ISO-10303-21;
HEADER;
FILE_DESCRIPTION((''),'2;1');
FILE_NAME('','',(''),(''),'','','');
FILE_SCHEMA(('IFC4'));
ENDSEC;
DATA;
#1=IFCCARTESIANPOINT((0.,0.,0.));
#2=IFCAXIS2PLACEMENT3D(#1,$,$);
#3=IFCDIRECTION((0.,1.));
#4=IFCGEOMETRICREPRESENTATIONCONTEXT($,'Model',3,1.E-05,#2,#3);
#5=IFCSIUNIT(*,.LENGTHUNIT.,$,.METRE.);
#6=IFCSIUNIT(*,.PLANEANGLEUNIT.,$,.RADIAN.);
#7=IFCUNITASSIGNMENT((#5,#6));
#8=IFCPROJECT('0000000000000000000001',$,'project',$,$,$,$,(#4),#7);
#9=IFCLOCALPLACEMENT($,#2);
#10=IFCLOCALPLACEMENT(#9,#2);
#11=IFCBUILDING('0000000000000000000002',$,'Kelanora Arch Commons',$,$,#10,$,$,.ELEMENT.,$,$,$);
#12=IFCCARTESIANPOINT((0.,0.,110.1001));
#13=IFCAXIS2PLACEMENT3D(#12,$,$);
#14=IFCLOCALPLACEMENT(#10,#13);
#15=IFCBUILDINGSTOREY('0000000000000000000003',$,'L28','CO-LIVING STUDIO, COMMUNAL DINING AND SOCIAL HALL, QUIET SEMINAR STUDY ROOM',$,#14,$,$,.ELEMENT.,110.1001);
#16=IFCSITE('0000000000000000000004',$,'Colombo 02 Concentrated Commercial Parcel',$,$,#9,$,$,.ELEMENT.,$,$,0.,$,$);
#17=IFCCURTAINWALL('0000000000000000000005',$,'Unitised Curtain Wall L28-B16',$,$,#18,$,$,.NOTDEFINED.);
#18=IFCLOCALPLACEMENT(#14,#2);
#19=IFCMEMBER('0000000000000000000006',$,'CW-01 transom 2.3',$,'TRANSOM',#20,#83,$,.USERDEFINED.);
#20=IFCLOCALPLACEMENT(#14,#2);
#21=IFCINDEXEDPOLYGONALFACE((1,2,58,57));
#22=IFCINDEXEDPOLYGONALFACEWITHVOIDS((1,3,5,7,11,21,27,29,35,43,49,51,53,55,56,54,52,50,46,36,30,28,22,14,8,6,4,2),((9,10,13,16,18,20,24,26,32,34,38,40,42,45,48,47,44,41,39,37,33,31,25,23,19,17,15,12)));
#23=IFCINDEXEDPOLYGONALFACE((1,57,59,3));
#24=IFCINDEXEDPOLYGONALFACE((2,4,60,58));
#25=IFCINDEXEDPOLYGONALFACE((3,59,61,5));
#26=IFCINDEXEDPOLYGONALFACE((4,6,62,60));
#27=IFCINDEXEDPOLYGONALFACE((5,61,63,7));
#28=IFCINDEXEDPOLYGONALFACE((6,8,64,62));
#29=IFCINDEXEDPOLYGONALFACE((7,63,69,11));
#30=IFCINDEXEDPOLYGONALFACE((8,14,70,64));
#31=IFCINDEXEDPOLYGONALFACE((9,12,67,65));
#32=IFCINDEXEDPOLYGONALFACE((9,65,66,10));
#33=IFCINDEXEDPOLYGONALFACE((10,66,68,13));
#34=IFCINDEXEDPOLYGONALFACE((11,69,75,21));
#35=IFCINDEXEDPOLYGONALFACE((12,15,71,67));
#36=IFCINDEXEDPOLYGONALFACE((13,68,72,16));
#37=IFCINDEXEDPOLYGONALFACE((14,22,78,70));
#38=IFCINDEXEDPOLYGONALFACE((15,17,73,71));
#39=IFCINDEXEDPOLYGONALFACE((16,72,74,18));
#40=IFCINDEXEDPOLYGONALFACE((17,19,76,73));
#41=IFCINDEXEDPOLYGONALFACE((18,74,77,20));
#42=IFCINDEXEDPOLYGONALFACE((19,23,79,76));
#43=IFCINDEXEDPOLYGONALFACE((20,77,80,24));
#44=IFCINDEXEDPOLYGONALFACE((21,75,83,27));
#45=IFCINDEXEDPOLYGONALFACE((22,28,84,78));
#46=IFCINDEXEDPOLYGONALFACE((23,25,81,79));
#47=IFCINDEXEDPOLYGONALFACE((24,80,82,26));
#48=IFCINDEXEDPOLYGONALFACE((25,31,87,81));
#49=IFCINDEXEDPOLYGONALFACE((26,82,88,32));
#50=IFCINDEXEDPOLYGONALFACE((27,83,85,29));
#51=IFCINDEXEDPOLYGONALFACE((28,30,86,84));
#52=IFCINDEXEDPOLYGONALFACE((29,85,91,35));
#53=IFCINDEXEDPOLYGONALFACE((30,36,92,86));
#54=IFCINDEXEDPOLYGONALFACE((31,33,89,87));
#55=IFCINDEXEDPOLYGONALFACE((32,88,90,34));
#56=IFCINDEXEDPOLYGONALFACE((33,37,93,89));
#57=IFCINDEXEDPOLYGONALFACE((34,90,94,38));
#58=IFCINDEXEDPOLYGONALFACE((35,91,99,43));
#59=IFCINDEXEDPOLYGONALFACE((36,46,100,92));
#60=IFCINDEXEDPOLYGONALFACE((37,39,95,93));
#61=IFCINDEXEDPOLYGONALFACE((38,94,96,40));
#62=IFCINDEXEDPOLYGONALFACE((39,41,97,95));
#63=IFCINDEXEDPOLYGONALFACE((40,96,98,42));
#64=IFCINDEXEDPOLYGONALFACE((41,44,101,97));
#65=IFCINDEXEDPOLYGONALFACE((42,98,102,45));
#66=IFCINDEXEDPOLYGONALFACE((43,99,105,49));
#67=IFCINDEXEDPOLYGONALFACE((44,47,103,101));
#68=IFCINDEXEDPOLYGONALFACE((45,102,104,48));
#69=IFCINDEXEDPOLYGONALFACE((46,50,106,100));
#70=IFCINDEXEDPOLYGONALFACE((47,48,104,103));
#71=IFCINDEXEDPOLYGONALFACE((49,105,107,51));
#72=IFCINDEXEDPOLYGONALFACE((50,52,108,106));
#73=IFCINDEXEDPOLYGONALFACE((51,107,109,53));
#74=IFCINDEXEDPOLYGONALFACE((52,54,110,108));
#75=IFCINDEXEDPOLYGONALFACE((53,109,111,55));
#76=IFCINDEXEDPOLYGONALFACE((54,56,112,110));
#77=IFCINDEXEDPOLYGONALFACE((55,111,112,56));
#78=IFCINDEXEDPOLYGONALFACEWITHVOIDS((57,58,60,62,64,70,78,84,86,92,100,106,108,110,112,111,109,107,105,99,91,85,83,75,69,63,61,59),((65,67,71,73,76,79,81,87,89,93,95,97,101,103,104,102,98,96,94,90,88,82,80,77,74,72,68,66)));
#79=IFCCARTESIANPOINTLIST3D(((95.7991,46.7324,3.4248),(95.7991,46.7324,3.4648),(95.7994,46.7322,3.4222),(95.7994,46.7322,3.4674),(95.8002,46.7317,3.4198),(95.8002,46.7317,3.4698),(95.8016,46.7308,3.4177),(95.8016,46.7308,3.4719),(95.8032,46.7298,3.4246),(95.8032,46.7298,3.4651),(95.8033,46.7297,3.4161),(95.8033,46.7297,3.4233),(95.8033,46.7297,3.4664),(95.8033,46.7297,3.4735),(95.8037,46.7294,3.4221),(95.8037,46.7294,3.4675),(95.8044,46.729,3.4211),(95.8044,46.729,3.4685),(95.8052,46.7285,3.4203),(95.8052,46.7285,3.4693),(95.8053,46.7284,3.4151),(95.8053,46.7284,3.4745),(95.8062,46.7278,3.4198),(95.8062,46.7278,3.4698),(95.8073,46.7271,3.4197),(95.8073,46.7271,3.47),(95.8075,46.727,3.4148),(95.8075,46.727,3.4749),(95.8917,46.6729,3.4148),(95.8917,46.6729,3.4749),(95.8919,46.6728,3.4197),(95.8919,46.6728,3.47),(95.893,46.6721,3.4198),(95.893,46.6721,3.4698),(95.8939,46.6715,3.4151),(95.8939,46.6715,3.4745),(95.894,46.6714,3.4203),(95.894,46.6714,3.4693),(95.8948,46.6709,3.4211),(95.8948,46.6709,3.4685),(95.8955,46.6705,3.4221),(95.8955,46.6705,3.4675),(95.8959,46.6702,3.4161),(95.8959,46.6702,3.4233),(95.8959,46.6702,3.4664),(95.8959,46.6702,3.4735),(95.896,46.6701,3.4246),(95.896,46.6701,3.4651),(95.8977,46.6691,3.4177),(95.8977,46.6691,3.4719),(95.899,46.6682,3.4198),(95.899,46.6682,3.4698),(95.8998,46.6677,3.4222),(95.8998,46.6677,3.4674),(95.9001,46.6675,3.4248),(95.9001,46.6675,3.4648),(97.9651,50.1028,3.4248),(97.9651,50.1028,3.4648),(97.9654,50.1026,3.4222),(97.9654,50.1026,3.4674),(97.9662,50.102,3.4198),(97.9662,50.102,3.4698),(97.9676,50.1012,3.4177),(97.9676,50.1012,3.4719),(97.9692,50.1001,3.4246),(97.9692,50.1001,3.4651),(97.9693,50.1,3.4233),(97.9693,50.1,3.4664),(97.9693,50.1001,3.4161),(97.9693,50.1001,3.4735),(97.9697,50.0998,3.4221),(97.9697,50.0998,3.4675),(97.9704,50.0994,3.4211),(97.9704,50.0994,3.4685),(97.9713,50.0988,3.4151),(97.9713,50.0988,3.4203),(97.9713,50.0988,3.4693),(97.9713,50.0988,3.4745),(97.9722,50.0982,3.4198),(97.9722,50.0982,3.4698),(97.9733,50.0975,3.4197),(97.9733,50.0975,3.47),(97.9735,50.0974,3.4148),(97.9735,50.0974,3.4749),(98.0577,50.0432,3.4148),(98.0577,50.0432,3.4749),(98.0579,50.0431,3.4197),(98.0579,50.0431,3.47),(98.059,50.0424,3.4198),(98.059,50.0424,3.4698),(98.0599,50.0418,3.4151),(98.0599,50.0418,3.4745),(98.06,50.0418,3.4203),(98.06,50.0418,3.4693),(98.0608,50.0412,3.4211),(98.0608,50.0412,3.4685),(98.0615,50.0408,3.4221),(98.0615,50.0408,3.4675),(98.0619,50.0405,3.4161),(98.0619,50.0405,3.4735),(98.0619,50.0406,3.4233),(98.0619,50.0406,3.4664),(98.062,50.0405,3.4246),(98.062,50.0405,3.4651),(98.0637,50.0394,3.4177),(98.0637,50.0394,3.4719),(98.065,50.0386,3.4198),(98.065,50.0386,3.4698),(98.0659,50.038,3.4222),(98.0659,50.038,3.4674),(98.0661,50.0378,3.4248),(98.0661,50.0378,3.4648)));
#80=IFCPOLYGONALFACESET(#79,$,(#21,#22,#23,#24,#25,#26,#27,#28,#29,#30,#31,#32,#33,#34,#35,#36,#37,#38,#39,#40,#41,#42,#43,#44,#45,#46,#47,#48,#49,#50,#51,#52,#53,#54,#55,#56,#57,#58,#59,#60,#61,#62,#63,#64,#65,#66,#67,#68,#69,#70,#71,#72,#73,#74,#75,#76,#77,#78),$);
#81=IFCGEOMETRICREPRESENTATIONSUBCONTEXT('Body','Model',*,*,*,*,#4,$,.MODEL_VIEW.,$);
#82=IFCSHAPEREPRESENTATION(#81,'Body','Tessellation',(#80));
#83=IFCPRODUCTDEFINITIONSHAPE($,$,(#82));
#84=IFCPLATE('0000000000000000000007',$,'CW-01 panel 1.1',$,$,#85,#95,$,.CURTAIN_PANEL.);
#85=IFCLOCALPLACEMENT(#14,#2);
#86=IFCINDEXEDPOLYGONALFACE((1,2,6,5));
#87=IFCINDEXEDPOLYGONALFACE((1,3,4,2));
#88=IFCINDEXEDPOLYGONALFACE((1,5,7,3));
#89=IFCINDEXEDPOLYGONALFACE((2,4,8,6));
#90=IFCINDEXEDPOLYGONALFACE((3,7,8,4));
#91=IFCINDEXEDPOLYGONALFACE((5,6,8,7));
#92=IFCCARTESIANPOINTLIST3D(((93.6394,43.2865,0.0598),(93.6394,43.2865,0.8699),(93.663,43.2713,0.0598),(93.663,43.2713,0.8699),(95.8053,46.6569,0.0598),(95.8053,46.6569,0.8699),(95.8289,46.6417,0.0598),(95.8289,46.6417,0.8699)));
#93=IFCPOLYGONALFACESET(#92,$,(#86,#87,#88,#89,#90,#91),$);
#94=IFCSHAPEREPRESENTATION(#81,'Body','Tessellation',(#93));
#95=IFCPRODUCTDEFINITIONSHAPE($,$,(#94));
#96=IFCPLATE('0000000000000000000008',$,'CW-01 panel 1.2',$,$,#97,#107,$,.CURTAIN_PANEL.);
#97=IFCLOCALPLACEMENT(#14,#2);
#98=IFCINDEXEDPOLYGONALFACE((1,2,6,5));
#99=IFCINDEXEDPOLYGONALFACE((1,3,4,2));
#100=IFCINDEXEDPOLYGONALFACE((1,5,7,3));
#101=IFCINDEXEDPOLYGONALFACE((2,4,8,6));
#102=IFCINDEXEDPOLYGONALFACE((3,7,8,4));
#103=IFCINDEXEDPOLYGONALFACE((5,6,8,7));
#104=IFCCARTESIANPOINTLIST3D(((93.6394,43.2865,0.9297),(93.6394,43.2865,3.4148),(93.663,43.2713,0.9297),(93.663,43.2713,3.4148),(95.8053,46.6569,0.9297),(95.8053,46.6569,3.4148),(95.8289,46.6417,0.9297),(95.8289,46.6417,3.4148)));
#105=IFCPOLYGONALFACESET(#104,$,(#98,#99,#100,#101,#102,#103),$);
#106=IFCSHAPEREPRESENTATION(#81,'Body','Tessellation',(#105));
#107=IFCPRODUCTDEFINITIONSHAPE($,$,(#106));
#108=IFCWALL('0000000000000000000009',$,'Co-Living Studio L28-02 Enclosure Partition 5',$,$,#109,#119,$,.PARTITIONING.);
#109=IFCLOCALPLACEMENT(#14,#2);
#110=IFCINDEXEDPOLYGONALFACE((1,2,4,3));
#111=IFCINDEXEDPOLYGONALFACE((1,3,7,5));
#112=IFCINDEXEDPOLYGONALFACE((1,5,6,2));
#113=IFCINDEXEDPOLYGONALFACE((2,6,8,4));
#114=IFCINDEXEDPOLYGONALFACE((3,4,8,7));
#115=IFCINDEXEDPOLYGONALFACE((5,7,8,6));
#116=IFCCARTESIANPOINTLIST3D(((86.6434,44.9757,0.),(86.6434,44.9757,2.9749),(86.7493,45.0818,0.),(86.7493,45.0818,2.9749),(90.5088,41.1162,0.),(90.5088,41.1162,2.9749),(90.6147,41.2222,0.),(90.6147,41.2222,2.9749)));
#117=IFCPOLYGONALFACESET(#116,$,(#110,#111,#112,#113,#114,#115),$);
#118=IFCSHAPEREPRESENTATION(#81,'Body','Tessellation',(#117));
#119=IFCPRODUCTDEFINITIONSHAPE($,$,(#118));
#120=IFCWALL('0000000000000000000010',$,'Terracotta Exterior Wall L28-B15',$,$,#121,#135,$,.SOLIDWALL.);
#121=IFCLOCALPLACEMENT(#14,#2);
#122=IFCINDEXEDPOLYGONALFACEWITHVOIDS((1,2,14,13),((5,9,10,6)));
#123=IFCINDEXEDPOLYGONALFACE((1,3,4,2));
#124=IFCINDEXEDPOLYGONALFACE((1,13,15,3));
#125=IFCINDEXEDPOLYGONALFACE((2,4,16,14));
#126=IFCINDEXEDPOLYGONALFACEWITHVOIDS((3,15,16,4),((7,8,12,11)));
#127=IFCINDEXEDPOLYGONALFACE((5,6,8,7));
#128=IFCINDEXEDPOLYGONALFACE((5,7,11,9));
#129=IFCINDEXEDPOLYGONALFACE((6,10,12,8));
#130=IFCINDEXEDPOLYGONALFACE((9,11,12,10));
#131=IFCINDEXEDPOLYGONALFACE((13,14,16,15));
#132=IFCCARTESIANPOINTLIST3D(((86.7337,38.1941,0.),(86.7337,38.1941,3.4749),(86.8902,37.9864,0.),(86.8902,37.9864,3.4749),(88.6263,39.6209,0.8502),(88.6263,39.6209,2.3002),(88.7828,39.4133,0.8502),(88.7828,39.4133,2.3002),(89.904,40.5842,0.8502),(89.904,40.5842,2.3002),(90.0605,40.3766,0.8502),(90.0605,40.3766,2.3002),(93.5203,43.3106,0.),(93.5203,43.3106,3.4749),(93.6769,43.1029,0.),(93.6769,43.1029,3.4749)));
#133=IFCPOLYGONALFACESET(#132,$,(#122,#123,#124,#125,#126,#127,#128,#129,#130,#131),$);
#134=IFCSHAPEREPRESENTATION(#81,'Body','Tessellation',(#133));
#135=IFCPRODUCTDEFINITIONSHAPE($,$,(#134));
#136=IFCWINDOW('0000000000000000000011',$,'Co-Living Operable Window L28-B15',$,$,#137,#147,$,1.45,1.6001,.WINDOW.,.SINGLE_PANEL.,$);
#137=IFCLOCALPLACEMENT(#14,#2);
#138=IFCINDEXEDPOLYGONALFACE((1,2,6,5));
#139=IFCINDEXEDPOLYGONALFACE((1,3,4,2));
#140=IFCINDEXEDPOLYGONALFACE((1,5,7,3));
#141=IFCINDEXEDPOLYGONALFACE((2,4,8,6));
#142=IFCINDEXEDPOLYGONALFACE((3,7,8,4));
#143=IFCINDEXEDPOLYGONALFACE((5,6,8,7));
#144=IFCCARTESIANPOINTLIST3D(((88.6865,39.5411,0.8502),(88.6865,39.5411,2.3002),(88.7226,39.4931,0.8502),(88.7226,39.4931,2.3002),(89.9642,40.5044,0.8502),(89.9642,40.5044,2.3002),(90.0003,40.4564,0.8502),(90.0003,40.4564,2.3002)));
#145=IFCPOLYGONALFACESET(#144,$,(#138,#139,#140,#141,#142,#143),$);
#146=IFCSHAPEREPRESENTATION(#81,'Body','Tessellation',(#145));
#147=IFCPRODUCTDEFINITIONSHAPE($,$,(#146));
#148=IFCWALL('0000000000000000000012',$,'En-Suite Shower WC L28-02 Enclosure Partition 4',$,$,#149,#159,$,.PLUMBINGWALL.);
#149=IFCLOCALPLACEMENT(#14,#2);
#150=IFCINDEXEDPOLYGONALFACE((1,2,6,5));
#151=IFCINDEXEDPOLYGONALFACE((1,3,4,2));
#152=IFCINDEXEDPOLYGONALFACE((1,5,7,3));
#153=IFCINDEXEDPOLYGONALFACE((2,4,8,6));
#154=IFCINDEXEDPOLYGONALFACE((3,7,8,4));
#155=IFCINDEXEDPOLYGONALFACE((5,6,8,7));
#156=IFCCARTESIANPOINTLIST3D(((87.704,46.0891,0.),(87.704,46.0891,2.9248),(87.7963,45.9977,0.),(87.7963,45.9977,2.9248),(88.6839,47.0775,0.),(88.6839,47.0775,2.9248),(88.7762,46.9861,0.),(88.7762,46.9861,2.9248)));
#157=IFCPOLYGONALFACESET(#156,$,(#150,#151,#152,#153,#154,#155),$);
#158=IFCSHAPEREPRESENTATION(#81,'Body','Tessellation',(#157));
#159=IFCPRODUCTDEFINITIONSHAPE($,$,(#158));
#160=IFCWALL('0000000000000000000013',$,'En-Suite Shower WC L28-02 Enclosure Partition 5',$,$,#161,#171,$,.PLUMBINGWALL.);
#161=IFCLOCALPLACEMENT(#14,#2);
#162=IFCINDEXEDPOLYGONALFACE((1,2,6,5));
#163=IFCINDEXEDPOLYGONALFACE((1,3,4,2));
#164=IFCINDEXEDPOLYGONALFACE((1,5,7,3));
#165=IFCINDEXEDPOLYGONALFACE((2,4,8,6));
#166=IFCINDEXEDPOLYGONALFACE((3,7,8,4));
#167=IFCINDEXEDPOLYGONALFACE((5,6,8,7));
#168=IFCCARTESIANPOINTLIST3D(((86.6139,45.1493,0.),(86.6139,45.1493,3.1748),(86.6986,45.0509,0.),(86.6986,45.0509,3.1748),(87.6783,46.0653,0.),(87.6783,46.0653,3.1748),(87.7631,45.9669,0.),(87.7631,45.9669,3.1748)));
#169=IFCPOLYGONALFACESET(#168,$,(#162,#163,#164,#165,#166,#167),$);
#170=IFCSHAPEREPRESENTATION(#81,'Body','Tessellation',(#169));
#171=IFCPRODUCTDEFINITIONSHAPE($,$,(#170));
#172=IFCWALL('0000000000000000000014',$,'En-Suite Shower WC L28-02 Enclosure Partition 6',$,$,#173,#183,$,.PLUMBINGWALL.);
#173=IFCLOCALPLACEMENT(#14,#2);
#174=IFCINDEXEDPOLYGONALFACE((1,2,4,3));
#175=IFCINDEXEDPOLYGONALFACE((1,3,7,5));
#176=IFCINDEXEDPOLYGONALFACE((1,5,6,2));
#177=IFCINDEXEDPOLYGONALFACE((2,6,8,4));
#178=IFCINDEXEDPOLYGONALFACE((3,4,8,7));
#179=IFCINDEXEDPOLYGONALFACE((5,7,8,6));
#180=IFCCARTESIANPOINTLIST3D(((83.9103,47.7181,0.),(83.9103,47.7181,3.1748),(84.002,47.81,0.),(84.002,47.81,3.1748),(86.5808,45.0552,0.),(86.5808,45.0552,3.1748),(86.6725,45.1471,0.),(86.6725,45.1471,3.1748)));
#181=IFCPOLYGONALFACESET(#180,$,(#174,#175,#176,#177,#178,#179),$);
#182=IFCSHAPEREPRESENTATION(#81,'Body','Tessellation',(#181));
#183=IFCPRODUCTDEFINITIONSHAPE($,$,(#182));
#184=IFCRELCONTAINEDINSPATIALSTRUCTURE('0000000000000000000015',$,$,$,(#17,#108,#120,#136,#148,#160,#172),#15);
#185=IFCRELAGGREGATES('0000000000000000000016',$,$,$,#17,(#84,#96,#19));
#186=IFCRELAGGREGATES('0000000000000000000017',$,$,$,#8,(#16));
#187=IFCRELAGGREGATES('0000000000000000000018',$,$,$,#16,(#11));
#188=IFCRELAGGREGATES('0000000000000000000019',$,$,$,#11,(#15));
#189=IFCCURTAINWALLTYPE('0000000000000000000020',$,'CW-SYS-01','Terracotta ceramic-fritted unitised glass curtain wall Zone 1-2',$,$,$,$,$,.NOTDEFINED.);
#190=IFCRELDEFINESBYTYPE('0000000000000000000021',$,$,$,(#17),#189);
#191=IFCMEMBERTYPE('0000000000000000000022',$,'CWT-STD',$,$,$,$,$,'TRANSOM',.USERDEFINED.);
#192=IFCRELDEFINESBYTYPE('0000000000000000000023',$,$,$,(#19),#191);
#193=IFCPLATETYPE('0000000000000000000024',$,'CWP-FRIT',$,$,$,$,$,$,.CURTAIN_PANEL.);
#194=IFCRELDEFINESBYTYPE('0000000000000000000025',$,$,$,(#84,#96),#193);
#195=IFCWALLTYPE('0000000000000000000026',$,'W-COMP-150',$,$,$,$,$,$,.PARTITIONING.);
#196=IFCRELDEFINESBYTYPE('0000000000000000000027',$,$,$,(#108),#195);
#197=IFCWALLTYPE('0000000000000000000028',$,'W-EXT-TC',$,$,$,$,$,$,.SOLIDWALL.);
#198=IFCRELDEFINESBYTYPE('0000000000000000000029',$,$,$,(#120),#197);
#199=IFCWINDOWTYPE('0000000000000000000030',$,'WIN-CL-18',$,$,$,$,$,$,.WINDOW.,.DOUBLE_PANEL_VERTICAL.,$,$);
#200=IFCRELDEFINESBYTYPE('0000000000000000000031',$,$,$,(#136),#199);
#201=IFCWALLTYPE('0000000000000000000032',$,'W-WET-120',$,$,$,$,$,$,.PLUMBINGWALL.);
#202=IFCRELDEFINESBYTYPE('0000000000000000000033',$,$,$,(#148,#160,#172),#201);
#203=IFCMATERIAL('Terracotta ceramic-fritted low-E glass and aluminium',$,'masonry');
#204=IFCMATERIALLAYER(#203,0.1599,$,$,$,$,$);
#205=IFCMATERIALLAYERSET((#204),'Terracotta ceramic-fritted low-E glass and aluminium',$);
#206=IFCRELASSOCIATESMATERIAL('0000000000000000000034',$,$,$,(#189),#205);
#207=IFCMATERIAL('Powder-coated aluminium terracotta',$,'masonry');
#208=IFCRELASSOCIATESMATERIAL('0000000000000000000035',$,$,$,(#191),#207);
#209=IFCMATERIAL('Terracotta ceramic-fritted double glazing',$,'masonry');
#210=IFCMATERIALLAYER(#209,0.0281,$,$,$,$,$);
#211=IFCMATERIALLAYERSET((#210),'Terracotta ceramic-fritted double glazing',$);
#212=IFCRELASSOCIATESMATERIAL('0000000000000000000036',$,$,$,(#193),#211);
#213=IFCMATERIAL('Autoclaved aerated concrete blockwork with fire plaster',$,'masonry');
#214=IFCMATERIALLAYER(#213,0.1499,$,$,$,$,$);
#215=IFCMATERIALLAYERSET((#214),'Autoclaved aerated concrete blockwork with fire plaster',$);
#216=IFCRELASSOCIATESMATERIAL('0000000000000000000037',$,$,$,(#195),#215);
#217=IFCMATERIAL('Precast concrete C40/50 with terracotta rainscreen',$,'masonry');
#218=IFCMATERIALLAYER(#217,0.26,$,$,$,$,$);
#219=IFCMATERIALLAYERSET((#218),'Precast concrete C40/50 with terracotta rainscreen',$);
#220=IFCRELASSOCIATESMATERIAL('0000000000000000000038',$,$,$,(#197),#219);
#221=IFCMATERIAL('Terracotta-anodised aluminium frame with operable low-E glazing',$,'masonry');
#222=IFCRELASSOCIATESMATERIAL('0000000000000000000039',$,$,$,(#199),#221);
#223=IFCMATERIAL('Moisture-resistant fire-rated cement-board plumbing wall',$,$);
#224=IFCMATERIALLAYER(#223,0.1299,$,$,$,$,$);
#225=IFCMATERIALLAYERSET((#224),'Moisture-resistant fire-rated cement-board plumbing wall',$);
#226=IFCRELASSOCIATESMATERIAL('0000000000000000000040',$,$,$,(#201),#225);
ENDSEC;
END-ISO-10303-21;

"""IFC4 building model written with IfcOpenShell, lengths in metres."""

from ifc_helpers import new_model, si_unit, direction, frame, frame_2d, origin, origin_2d, place, context, subcontext, project, spatial, rectangle, hollow_rectangle, extrude, source, transform, mapped, material, layer, layer_set, material_profile, profile_set, type_object, element, fill, aggregate, save


model = new_model("IFC4")

# Units and contexts
model_context = context("Model", 3, precision=1e-05, world=origin(), true_north=direction((0.0, 1.0)))
body_context = subcontext(model_context, "Body", "Model", "MODEL_VIEW")
ifc_project = project(units=[si_unit("LENGTHUNIT", "METRE"), si_unit("PLANEANGLEUNIT", "RADIAN")], contexts=[model_context])

# Site, building, storey
site_placement = place(None, origin())
site = spatial("IfcSite", under=ifc_project, at=site_placement, Name="Colombo 02 Concentrated Commercial Parcel", CompositionType="ELEMENT", RefElevation=0.0)
building_placement = place(site_placement, origin())
building = spatial("IfcBuilding", under=site, at=building_placement, Name="Kelanora Arch Commons", CompositionType="ELEMENT")
storey_placement = place(building_placement, frame((0.0, 0.0, 110.1001)))
storey = spatial("IfcBuildingStorey", under=building, at=storey_placement, Name="L28", Description="CO-LIVING STUDIO, COMMUNAL DINING AND SOCIAL HALL, QUIET SEMINAR STUDY ROOM", CompositionType="ELEMENT", Elevation=110.1001)

# Shared definitions
ifc_material_1 = material(Name="Terracotta ceramic-fritted low-E glass and aluminium", Category="masonry")
ifc_layer_1 = layer(ifc_material_1, 0.1599)
ifc_layer_set_1 = layer_set([ifc_layer_1], Name="Terracotta ceramic-fritted low-E glass and aluminium")
curtain_wall_type = type_object("IfcCurtainWallType", Name="CW-SYS-01", Description="Terracotta ceramic-fritted unitised glass curtain wall Zone 1-2", PredefinedType="NOTDEFINED", material=ifc_layer_set_1)
ifc_material_2 = material(Name="Powder-coated aluminium terracotta", Category="masonry")

# Curtain wall, member, plates
curtain_wall_1_placement = place(storey_placement, origin())
curtain_wall_1 = element("IfcCurtainWall", 1, at=curtain_wall_1_placement, inside=storey, type_object=curtain_wall_type, Name="Unitised Curtain Wall L28-B16", PredefinedType="NOTDEFINED")
ifc_material_profile_1 = material_profile(ifc_material_2, hollow_rectangle(XDim=0.1201, YDim=0.0601, WallThickness=0.0049, InnerFilletRadius=0.0049, OuterFilletRadius=0.01, at=origin_2d()), Name="CWT120x60")
ifc_profile_set_1 = profile_set([ifc_material_profile_1], Name="Powder-coated aluminium terracotta")
member_type_1 = type_object("IfcMemberType", Name="CWT-STD", ElementType="TRANSOM", PredefinedType="USERDEFINED", material=ifc_profile_set_1)
member_1_placement = place(storey_placement, frame((95.8496, 46.7, 3.4448), z_axis=(0.540644, 0.841252, 0.0), x_axis=(-0.841252, 0.540644, 0.0)))
member_1 = element("IfcMember", 2, at=member_1_placement, type_object=member_type_1, Name="CW-01 transom 2.3", ObjectType="TRANSOM", PredefinedType="USERDEFINED", context=body_context, shape_type="SweptSolid", body=[
    extrude(hollow_rectangle(XDim=0.1201, YDim=0.0601, WallThickness=0.0049, InnerFilletRadius=0.0049, OuterFilletRadius=0.01, at=origin_2d()), origin(), (0.0, 0.0, 1.0), 4.0063),
])
ifc_material_3 = material(Name="Terracotta ceramic-fritted double glazing", Category="masonry")
ifc_layer_2 = layer(ifc_material_3, 0.0281)
ifc_layer_set_2 = layer_set([ifc_layer_2], Name="Terracotta ceramic-fritted double glazing")
plate_type = type_object("IfcPlateType", Name="CWP-FRIT", PredefinedType="CURTAIN_PANEL", material=ifc_layer_set_2)
shared_shape_1 = source(origin(), body_context, "Body", "SweptSolid", [
    extrude(rectangle(XDim=4.0063, YDim=0.0281, at=origin_2d()), origin(), (0.0, 0.0, 1.0), 0.8101),
])
plate_1_placement = place(storey_placement, frame((94.7341, 44.9641, 0.0598), z_axis=(0.0, 0.0, 1.0), x_axis=(0.540617, 0.841269, 0.0)))
plate_1 = element("IfcPlate", 3, at=plate_1_placement, type_object=plate_type, Name="CW-01 panel 1.1", PredefinedType="CURTAIN_PANEL", context=body_context, shape_type="MappedRepresentation", body=[
    mapped(shared_shape_1, transform((0.0, 0.0, 0.0), scale=1.0)),
])
shared_shape_2 = source(origin(), body_context, "Body", "SweptSolid", [
    extrude(rectangle(XDim=4.0063, YDim=0.0281, at=origin_2d()), origin(), (0.0, 0.0, 1.0), 2.4851),
])
plate_2_placement = place(storey_placement, frame((94.7341, 44.9641, 0.9297), z_axis=(0.0, 0.0, 1.0), x_axis=(0.540617, 0.841269, 0.0)))
plate_2 = element("IfcPlate", 4, at=plate_2_placement, type_object=plate_type, Name="CW-01 panel 1.2", PredefinedType="CURTAIN_PANEL", context=body_context, shape_type="MappedRepresentation", body=[
    mapped(shared_shape_2, transform((0.0, 0.0, 0.0), scale=1.0)),
])
aggregate(curtain_wall_1, [plate_1, plate_2, member_1])

# Wall
ifc_material_4 = material(Name="Autoclaved aerated concrete blockwork with fire plaster", Category="masonry")
ifc_layer_3 = layer(ifc_material_4, 0.1499)
ifc_layer_set_3 = layer_set([ifc_layer_3], Name="Autoclaved aerated concrete blockwork with fire plaster")
wall_type_1 = type_object("IfcWallType", Name="W-COMP-150", PredefinedType="PARTITIONING", material=ifc_layer_set_3)
wall_1_placement = place(storey_placement, frame((90.5618, 41.1692, 0.0), z_axis=(0.0, 0.0, 1.0), x_axis=(-0.707643, 0.70657, 0.0)))
element("IfcWall", 5, at=wall_1_placement, inside=storey, type_object=wall_type_1, Name="Co-Living Studio L28-02 Enclosure Partition 5", PredefinedType="PARTITIONING", context=body_context, shape_type="SweptSolid", body=[
    extrude(rectangle(XDim=5.4624, YDim=0.1499, at=frame_2d((2.7312, 0.0))), origin(), (0.0, 0.0, 1.0), 2.9749),
])

# Wall, opening, window
ifc_material_5 = material(Name="Precast concrete C40/50 with terracotta rainscreen", Category="masonry")
ifc_layer_4 = layer(ifc_material_5, 0.26)
ifc_layer_set_4 = layer_set([ifc_layer_4], Name="Precast concrete C40/50 with terracotta rainscreen")
wall_type_2 = type_object("IfcWallType", Name="W-EXT-TC", PredefinedType="SOLIDWALL", material=ifc_layer_set_4)
wall_2_placement = place(storey_placement, frame((86.812, 38.0903, 0.0), z_axis=(0.0, 0.0, 1.0), x_axis=(0.798502, 0.601993, 0.0)))
wall_2 = element("IfcWall", 6, at=wall_2_placement, inside=storey, type_object=wall_type_2, Name="Terracotta Exterior Wall L28-B15", PredefinedType="SOLIDWALL", context=body_context, shape_type="SweptSolid", body=[
    extrude(rectangle(XDim=8.4993, YDim=0.26, at=frame_2d((4.2495, 0.0))), origin(), (0.0, 0.0, 1.0), 3.4749),
])
opening_placement = place(wall_2_placement, frame((2.3701, 0.0, 0.8501)))
opening = element("IfcOpeningElement", 7, at=opening_placement, cuts=wall_2, PredefinedType="OPENING", context=body_context, shape_type="SweptSolid", body=[
    extrude(rectangle(XDim=1.6001, YDim=1.45, at=frame_2d((0.8, 0.7251))), frame((0.0, 0.1401, 0.0), z_axis=(0.0, -1.0, 0.0), x_axis=(1.0, 0.0, 0.0)), (0.0, 0.0, 1.0), 0.28),
])
ifc_material_6 = material(Name="Terracotta-anodised aluminium frame with operable low-E glazing", Category="masonry")
window_type = type_object("IfcWindowType", Name="WIN-CL-18", PartitioningType="DOUBLE_PANEL_VERTICAL", PredefinedType="WINDOW", material=ifc_material_6)
window_placement = place(opening_placement, origin())
window = element("IfcWindow", 8, at=window_placement, inside=storey, type_object=window_type, Name="Co-Living Operable Window L28-B15", OverallHeight=1.45, OverallWidth=1.6001, PartitioningType="SINGLE_PANEL", PredefinedType="WINDOW", context=body_context, shape_type="SweptSolid", body=[
    extrude(rectangle(XDim=1.6001, YDim=1.45, at=frame_2d((0.8, 0.7251))), frame((0.0, 0.03, 0.0), z_axis=(0.0, -1.0, 0.0), x_axis=(1.0, 0.0, 0.0)), (0.0, 0.0, 1.0), 0.0601),
])
fill(opening, window)

# Walls
ifc_material_7 = material(Name="Moisture-resistant fire-rated cement-board plumbing wall")
ifc_layer_5 = layer(ifc_material_7, 0.1299)
ifc_layer_set_5 = layer_set([ifc_layer_5], Name="Moisture-resistant fire-rated cement-board plumbing wall")
wall_type_3 = type_object("IfcWallType", Name="W-WET-120", PredefinedType="PLUMBINGWALL", material=ifc_layer_set_5)
wall_3_placement = place(storey_placement, frame((88.73, 47.0317, 0.0), z_axis=(0.0, 0.0, 1.0), x_axis=(-0.704031, -0.71017, 0.0)))
element("IfcWall", 9, at=wall_3_placement, inside=storey, type_object=wall_type_3, Name="En-Suite Shower WC L28-02 Enclosure Partition 4", PredefinedType="PLUMBINGWALL", context=body_context, shape_type="SweptSolid", body=[
    extrude(rectangle(XDim=1.3918, YDim=0.1299, at=frame_2d((0.6958, 0.0))), origin(), (0.0, 0.0, 1.0), 2.9248),
])
wall_4_placement = place(storey_placement, frame((87.7207, 46.0161, 0.0), z_axis=(0.0, 0.0, 1.0), x_axis=(-0.757979, -0.652279, 0.0)))
element("IfcWall", 10, at=wall_4_placement, inside=storey, type_object=wall_type_3, Name="En-Suite Shower WC L28-02 Enclosure Partition 5", PredefinedType="PLUMBINGWALL", context=body_context, shape_type="SweptSolid", body=[
    extrude(rectangle(XDim=1.4043, YDim=0.1299, at=frame_2d((0.7021, 0.0))), origin(), (0.0, 0.0, 1.0), 3.1748),
])
wall_5_placement = place(storey_placement, frame((86.6267, 45.1011, 0.0), z_axis=(0.0, 0.0, 1.0), x_axis=(-0.70811, 0.706103, 0.0)))
element("IfcWall", 11, at=wall_5_placement, inside=storey, type_object=wall_type_3, Name="En-Suite Shower WC L28-02 Enclosure Partition 6", PredefinedType="PLUMBINGWALL", context=body_context, shape_type="SweptSolid", body=[
    extrude(rectangle(XDim=3.7712, YDim=0.1299, at=frame_2d((1.8857, 0.0))), origin(), (0.0, 0.0, 1.0), 3.1748),
])

save(model, "model.ifc")
